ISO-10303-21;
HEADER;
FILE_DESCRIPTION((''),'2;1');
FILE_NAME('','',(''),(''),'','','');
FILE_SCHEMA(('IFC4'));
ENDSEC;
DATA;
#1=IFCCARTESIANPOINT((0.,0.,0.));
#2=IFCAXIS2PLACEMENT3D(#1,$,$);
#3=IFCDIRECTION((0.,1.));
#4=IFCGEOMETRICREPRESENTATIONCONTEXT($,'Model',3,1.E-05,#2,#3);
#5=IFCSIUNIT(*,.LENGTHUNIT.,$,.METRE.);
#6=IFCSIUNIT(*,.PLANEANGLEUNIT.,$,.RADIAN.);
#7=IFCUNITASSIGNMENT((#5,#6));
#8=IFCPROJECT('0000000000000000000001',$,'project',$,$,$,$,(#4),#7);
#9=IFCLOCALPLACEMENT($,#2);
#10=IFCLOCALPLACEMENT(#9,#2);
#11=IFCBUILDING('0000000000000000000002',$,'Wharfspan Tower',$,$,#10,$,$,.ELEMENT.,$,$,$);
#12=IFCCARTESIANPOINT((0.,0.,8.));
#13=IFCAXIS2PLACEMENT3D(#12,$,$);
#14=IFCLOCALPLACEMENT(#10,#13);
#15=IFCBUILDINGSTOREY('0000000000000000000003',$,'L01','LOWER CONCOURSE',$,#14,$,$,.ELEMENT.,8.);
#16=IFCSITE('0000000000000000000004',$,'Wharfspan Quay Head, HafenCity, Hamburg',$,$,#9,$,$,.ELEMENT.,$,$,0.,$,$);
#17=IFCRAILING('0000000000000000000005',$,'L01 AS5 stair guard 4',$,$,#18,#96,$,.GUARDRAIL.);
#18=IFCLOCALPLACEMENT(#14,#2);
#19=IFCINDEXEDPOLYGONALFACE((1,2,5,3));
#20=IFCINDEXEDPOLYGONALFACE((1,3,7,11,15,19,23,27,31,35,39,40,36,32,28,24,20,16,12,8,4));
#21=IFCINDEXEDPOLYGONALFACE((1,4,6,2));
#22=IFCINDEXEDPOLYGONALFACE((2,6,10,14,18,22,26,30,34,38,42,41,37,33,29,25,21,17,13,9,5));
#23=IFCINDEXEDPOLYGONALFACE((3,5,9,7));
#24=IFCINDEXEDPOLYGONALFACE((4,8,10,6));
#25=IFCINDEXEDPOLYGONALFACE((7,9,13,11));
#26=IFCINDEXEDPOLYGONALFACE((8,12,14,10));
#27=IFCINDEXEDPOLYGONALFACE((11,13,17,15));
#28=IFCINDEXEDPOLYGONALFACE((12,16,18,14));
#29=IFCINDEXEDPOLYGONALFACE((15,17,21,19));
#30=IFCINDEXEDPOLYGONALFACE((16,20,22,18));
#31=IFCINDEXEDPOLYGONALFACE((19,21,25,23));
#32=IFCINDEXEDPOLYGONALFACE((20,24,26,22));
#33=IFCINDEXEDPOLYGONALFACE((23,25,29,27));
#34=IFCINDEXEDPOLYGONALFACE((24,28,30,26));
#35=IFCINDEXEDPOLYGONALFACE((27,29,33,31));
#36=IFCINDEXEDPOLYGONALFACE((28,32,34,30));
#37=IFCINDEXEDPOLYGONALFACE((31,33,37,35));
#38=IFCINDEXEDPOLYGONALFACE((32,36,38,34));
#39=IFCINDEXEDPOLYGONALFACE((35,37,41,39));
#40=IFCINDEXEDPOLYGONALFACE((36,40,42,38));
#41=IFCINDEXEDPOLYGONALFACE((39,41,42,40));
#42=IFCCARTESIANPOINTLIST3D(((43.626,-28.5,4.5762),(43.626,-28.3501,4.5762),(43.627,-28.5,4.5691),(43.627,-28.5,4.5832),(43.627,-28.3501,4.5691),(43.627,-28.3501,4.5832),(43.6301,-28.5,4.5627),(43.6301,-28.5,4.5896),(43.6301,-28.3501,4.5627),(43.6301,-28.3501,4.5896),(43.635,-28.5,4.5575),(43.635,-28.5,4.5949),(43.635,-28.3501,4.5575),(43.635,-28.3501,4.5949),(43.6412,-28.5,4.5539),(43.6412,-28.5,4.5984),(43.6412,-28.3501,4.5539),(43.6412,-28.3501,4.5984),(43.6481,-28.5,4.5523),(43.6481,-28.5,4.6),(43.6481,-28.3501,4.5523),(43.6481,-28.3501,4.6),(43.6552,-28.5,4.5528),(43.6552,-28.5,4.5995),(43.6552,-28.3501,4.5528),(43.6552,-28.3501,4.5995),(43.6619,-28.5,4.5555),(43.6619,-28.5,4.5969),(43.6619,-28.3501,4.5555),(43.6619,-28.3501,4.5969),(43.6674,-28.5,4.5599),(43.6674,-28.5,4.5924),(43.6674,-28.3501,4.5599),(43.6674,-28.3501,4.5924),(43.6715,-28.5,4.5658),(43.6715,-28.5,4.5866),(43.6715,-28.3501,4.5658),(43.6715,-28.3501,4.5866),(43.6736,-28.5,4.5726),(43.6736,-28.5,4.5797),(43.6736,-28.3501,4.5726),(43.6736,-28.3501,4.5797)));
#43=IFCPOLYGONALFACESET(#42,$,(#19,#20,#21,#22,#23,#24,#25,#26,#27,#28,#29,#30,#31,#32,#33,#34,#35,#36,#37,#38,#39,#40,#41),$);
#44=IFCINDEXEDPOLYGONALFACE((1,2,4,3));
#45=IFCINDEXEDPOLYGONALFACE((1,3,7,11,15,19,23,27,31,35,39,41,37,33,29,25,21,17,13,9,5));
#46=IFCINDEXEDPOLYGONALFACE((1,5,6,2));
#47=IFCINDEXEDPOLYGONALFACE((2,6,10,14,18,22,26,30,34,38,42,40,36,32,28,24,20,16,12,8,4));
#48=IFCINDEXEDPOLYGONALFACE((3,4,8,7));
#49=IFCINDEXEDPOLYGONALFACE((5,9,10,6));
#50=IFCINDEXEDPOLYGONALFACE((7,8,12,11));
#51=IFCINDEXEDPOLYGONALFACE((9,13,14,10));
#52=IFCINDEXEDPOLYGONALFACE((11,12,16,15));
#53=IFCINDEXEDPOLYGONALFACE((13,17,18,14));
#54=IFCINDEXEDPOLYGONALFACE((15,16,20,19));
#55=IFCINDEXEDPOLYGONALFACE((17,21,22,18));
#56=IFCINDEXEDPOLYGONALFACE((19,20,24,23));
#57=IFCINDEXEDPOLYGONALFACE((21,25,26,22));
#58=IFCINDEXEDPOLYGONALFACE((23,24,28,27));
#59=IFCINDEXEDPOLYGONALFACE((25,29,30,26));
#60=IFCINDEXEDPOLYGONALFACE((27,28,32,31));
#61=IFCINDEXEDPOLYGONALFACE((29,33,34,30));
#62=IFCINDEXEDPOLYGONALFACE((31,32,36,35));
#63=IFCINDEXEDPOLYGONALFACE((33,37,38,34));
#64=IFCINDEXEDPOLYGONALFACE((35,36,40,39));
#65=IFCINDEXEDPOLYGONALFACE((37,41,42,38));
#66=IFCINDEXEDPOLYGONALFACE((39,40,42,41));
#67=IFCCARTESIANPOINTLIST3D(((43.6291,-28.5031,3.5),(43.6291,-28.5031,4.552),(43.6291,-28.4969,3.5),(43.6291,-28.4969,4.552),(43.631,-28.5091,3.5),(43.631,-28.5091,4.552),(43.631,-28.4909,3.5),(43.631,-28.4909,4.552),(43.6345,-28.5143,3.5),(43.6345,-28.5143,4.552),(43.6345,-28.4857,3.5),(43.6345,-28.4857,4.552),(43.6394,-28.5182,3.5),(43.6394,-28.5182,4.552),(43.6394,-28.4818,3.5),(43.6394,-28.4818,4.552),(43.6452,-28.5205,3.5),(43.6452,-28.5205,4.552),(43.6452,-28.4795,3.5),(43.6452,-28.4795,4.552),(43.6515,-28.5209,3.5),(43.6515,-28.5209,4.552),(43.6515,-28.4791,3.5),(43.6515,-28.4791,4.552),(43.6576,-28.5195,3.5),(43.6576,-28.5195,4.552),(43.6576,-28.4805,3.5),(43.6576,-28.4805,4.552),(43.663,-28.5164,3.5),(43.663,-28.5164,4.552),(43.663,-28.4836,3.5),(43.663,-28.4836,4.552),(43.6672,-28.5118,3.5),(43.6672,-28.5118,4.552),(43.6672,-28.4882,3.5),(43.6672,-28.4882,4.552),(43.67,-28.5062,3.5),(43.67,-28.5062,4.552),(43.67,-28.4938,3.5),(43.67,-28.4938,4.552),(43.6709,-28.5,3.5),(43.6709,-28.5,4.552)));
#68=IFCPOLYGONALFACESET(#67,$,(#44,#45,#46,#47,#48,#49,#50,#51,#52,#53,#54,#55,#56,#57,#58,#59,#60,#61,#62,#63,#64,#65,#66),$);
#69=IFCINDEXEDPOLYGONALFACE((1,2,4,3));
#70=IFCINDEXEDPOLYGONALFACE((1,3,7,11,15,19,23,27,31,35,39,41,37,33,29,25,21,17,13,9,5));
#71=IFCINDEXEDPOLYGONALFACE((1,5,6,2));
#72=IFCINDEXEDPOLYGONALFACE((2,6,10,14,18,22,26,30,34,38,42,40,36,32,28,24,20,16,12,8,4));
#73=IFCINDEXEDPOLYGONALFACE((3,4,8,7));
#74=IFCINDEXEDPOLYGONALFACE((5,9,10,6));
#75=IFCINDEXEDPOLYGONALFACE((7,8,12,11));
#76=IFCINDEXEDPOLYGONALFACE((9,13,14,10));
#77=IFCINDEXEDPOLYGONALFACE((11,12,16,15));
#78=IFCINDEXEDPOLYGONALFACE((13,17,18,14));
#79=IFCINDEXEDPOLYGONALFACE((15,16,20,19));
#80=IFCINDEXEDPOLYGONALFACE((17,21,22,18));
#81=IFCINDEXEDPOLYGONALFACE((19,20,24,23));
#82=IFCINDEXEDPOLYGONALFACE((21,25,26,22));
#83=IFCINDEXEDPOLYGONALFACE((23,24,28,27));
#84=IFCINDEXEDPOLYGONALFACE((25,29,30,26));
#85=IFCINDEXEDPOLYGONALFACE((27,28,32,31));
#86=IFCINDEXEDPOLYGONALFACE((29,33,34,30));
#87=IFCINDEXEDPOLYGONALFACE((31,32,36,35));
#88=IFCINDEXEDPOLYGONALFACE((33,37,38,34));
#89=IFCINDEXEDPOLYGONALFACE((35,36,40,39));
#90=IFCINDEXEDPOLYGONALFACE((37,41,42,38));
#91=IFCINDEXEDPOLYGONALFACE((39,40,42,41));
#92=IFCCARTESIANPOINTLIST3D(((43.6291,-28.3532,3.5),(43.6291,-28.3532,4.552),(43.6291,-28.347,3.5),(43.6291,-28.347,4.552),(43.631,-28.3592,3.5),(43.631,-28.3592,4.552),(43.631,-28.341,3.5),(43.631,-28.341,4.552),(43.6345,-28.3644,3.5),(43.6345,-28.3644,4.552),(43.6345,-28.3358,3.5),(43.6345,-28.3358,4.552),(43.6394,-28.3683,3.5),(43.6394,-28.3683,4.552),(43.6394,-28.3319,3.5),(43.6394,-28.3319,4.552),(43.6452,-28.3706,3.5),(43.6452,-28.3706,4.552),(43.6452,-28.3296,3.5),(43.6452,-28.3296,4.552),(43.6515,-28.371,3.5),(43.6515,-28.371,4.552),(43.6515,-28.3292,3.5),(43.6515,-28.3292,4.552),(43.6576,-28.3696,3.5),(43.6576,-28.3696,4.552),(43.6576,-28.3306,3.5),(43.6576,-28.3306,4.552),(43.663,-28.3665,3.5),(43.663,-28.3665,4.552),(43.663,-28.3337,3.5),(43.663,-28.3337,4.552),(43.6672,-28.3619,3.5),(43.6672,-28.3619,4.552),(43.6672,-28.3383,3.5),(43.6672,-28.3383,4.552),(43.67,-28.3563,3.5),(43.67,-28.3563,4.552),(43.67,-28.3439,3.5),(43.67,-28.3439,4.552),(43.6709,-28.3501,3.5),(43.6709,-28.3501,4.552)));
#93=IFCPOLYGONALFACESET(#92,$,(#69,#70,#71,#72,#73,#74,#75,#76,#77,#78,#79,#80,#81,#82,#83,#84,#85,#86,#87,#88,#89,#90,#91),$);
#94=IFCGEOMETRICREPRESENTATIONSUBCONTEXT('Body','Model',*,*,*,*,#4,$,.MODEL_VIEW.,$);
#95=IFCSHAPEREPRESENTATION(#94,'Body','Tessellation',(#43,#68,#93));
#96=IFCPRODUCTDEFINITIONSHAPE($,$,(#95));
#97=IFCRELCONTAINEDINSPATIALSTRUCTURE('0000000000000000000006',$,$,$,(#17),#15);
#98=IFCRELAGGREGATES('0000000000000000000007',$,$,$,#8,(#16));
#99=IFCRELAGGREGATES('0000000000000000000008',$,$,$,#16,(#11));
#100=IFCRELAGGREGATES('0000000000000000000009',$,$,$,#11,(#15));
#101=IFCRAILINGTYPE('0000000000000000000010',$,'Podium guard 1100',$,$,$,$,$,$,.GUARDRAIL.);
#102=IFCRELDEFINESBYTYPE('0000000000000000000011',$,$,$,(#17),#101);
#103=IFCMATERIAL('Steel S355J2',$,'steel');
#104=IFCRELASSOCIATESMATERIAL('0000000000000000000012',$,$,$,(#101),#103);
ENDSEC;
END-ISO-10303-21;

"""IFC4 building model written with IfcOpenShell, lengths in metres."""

from ifc_helpers import new_model, si_unit, direction, frame, origin, origin_2d, place, context, subcontext, project, spatial, circle, extrude, material, type_object, element, save


model = new_model("IFC4")

# Units and contexts
model_context = context("Model", 3, precision=1e-05, world=origin(), true_north=direction((0.0, 1.0)))
body_context = subcontext(model_context, "Body", "Model", "MODEL_VIEW")
ifc_project = project(units=[si_unit("LENGTHUNIT", "METRE"), si_unit("PLANEANGLEUNIT", "RADIAN")], contexts=[model_context])

# Site, building, storey
site_placement = place(None, origin())
site = spatial("IfcSite", under=ifc_project, at=site_placement, Name="Wharfspan Quay Head, HafenCity, Hamburg", CompositionType="ELEMENT", RefElevation=0.0)
building_placement = place(site_placement, origin())
building = spatial("IfcBuilding", under=site, at=building_placement, Name="Wharfspan Tower", CompositionType="ELEMENT")
storey_placement = place(building_placement, frame((0.0, 0.0, 8.0)))
storey = spatial("IfcBuildingStorey", under=building, at=storey_placement, Name="L01", Description="LOWER CONCOURSE", CompositionType="ELEMENT", Elevation=8.0)

# Railing
ifc_material_1 = material(Name="Steel S355J2", Category="steel")
railing_type_1 = type_object("IfcRailingType", Name="Podium guard 1100", PredefinedType="GUARDRAIL", material=ifc_material_1)
railing_1_placement = place(storey_placement, frame((43.6499, -28.5, 3.5)))
element("IfcRailing", 1, at=railing_1_placement, inside=storey, type_object=railing_type_1, Name="L01 AS5 stair guard 4", PredefinedType="GUARDRAIL", context=body_context, shape_type="SweptSolid", body=[
    extrude(circle(Radius=0.0239, at=origin_2d()), frame((0.0, 0.0, 1.0762), z_axis=(0.0, 1.0, 0.0), x_axis=(-1.0, 0.0, 0.0)), (0.0, 0.0, 1.0), 0.1499),
    extrude(circle(Radius=0.021, at=origin_2d()), origin(), (0.0, 0.0, 1.0), 1.052),
    extrude(circle(Radius=0.021, at=origin_2d()), frame((0.0, 0.1499, 0.0)), (0.0, 0.0, 1.0), 1.052),
])

save(model, "model.ifc")
